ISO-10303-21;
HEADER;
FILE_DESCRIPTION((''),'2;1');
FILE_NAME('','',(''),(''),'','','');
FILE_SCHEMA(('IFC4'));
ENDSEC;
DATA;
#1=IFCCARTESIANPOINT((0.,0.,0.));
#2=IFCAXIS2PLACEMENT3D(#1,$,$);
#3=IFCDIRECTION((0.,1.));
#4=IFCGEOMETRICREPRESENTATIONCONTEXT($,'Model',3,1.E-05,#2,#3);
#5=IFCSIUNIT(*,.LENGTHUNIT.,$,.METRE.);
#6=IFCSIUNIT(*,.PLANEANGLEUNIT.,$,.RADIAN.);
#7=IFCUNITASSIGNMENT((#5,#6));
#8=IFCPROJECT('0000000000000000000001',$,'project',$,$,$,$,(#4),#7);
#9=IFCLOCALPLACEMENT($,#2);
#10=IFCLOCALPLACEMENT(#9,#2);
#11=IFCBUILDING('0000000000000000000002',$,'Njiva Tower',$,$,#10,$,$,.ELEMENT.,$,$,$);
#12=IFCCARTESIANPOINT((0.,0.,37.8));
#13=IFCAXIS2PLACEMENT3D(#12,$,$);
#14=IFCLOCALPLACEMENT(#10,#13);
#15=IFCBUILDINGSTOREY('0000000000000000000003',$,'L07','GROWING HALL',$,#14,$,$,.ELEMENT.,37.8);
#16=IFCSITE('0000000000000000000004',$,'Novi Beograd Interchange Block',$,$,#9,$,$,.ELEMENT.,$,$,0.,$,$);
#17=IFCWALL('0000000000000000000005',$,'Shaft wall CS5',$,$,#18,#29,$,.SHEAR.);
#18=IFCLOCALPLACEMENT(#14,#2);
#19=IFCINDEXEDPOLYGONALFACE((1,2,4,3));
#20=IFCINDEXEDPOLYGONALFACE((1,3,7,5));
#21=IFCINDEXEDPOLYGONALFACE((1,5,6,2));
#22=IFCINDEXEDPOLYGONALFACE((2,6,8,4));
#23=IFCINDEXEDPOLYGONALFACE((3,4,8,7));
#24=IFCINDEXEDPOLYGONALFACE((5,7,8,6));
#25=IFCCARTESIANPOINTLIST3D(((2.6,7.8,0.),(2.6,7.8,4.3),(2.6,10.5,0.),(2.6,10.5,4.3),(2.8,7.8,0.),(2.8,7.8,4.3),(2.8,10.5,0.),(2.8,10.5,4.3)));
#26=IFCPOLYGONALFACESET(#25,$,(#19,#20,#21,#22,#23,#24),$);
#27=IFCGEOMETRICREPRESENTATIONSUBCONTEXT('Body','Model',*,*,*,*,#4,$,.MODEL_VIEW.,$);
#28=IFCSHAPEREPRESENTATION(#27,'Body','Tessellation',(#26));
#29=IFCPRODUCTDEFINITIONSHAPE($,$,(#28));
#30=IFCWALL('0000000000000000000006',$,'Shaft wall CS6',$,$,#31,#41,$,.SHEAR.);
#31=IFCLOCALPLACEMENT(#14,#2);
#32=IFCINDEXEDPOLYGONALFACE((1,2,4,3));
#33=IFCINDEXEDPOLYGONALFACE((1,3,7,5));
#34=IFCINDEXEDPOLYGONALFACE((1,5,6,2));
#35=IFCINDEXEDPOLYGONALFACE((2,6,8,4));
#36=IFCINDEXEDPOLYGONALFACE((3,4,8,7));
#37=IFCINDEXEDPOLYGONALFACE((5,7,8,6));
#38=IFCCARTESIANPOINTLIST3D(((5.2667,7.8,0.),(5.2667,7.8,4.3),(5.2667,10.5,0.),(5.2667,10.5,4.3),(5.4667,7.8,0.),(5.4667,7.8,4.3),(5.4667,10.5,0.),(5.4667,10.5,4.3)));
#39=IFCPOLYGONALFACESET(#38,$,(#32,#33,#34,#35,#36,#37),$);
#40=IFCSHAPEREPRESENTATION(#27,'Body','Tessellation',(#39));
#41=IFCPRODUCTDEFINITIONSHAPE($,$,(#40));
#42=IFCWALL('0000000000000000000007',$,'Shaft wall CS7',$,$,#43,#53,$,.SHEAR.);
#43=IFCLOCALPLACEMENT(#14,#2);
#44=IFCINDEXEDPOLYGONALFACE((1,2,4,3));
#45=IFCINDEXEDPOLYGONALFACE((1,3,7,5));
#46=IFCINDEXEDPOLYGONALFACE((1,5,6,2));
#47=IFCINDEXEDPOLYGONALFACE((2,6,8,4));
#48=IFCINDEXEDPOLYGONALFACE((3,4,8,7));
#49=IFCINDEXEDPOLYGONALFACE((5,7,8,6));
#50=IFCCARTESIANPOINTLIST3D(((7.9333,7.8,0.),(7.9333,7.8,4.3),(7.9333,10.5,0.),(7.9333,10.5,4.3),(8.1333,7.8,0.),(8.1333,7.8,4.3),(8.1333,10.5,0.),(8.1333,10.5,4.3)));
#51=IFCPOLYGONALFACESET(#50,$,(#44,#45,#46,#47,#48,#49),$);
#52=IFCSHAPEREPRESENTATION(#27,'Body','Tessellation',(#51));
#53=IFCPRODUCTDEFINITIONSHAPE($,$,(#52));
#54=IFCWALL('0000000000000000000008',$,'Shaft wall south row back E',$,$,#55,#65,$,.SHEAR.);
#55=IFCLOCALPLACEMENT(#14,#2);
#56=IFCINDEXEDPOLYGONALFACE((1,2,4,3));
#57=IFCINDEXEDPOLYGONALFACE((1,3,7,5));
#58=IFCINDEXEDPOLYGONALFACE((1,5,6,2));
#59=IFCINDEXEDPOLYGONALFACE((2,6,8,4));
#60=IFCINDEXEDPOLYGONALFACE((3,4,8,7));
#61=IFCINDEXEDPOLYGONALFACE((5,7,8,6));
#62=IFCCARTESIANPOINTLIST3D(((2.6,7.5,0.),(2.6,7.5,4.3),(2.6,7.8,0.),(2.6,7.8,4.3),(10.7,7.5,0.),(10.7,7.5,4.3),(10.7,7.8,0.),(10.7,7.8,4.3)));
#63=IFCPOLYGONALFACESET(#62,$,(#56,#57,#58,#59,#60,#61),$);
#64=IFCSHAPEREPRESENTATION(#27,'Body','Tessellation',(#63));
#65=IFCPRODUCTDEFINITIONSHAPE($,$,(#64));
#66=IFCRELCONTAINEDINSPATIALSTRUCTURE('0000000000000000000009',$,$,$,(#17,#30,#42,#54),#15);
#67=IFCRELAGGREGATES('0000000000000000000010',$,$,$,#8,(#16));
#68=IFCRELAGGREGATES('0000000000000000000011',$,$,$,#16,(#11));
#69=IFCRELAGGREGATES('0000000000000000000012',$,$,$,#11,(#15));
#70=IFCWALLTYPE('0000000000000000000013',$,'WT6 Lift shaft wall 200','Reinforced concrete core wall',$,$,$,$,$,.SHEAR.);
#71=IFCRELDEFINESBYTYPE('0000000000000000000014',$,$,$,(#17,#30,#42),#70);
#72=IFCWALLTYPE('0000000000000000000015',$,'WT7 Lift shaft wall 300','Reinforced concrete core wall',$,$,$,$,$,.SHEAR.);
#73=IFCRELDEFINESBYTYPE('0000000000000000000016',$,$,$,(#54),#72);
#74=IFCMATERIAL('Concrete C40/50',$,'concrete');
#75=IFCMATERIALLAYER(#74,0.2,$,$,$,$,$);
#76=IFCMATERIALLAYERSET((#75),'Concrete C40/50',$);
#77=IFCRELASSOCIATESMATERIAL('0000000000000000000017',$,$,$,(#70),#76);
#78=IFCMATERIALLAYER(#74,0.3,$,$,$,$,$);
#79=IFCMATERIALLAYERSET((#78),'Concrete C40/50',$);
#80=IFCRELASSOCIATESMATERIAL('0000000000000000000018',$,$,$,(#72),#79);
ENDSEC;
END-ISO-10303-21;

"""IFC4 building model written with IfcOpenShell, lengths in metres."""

from ifc_helpers import new_model, si_unit, direction, frame, frame_2d, origin, place, context, subcontext, project, spatial, rectangle, extrude, material, layer, layer_set, type_object, element, save


model = new_model("IFC4")

# Units and contexts
model_context = context("Model", 3, precision=1e-05, world=origin(), true_north=direction((0.0, 1.0)))
body_context = subcontext(model_context, "Body", "Model", "MODEL_VIEW")
ifc_project = project(units=[si_unit("LENGTHUNIT", "METRE"), si_unit("PLANEANGLEUNIT", "RADIAN")], contexts=[model_context])

# Site, building, storey
site_placement = place(None, origin())
site = spatial("IfcSite", under=ifc_project, at=site_placement, Name="Novi Beograd Interchange Block", CompositionType="ELEMENT", RefElevation=0.0)
building_placement = place(site_placement, origin())
building = spatial("IfcBuilding", under=site, at=building_placement, Name="Njiva Tower", CompositionType="ELEMENT")
storey_placement = place(building_placement, frame((0.0, 0.0, 37.8)))
storey = spatial("IfcBuildingStorey", under=building, at=storey_placement, Name="L07", Description="GROWING HALL", CompositionType="ELEMENT", Elevation=37.8)

# Shared definitions
ifc_material_1 = material(Name="Concrete C40/50", Category="concrete")

# Walls
ifc_layer_1 = layer(ifc_material_1, 0.2)
ifc_layer_set_1 = layer_set([ifc_layer_1], Name="Concrete C40/50")
wall_type_1 = type_object("IfcWallType", Name="WT6 Lift shaft wall 200", Description="Reinforced concrete core wall", PredefinedType="SHEAR", material=ifc_layer_set_1)
for number, where, z_axis, x_axis, name in (
    (1, (2.7, 7.8, 0.0), (0.0, 0.0, 1.0), (0.0, 1.0, 0.0), "Shaft wall CS5"),
    (2, (5.3667, 7.8, 0.0), (0.0, 0.0, 1.0), (0.0, 1.0, 0.0), "Shaft wall CS6"),
    (3, (8.0333, 7.8, 0.0), (0.0, 0.0, 1.0), (0.0, 1.0, 0.0), "Shaft wall CS7"),
):
    element("IfcWall", number, at=place(storey_placement, frame(where, z_axis=z_axis, x_axis=x_axis)), inside=storey, type_object=wall_type_1, Name=name, PredefinedType="SHEAR", context=body_context, shape_type="SweptSolid", body=[
        extrude(rectangle(XDim=2.7, YDim=0.2, at=frame_2d((1.35, 0.0))), origin(), (0.0, 0.0, 1.0), 4.3),
    ])
ifc_layer_2 = layer(ifc_material_1, 0.3)
ifc_layer_set_2 = layer_set([ifc_layer_2], Name="Concrete C40/50")
wall_type_2 = type_object("IfcWallType", Name="WT7 Lift shaft wall 300", Description="Reinforced concrete core wall", PredefinedType="SHEAR", material=ifc_layer_set_2)
wall_1_placement = place(storey_placement, frame((2.6, 7.65, 0.0), z_axis=(0.0, 0.0, 1.0), x_axis=(1.0, 0.0, 0.0)))
element("IfcWall", 4, at=wall_1_placement, inside=storey, type_object=wall_type_2, Name="Shaft wall south row back E", PredefinedType="SHEAR", context=body_context, shape_type="SweptSolid", body=[
    extrude(rectangle(XDim=8.1, YDim=0.3, at=frame_2d((4.05, 0.0))), origin(), (0.0, 0.0, 1.0), 4.3),
])

save(model, "model.ifc")
